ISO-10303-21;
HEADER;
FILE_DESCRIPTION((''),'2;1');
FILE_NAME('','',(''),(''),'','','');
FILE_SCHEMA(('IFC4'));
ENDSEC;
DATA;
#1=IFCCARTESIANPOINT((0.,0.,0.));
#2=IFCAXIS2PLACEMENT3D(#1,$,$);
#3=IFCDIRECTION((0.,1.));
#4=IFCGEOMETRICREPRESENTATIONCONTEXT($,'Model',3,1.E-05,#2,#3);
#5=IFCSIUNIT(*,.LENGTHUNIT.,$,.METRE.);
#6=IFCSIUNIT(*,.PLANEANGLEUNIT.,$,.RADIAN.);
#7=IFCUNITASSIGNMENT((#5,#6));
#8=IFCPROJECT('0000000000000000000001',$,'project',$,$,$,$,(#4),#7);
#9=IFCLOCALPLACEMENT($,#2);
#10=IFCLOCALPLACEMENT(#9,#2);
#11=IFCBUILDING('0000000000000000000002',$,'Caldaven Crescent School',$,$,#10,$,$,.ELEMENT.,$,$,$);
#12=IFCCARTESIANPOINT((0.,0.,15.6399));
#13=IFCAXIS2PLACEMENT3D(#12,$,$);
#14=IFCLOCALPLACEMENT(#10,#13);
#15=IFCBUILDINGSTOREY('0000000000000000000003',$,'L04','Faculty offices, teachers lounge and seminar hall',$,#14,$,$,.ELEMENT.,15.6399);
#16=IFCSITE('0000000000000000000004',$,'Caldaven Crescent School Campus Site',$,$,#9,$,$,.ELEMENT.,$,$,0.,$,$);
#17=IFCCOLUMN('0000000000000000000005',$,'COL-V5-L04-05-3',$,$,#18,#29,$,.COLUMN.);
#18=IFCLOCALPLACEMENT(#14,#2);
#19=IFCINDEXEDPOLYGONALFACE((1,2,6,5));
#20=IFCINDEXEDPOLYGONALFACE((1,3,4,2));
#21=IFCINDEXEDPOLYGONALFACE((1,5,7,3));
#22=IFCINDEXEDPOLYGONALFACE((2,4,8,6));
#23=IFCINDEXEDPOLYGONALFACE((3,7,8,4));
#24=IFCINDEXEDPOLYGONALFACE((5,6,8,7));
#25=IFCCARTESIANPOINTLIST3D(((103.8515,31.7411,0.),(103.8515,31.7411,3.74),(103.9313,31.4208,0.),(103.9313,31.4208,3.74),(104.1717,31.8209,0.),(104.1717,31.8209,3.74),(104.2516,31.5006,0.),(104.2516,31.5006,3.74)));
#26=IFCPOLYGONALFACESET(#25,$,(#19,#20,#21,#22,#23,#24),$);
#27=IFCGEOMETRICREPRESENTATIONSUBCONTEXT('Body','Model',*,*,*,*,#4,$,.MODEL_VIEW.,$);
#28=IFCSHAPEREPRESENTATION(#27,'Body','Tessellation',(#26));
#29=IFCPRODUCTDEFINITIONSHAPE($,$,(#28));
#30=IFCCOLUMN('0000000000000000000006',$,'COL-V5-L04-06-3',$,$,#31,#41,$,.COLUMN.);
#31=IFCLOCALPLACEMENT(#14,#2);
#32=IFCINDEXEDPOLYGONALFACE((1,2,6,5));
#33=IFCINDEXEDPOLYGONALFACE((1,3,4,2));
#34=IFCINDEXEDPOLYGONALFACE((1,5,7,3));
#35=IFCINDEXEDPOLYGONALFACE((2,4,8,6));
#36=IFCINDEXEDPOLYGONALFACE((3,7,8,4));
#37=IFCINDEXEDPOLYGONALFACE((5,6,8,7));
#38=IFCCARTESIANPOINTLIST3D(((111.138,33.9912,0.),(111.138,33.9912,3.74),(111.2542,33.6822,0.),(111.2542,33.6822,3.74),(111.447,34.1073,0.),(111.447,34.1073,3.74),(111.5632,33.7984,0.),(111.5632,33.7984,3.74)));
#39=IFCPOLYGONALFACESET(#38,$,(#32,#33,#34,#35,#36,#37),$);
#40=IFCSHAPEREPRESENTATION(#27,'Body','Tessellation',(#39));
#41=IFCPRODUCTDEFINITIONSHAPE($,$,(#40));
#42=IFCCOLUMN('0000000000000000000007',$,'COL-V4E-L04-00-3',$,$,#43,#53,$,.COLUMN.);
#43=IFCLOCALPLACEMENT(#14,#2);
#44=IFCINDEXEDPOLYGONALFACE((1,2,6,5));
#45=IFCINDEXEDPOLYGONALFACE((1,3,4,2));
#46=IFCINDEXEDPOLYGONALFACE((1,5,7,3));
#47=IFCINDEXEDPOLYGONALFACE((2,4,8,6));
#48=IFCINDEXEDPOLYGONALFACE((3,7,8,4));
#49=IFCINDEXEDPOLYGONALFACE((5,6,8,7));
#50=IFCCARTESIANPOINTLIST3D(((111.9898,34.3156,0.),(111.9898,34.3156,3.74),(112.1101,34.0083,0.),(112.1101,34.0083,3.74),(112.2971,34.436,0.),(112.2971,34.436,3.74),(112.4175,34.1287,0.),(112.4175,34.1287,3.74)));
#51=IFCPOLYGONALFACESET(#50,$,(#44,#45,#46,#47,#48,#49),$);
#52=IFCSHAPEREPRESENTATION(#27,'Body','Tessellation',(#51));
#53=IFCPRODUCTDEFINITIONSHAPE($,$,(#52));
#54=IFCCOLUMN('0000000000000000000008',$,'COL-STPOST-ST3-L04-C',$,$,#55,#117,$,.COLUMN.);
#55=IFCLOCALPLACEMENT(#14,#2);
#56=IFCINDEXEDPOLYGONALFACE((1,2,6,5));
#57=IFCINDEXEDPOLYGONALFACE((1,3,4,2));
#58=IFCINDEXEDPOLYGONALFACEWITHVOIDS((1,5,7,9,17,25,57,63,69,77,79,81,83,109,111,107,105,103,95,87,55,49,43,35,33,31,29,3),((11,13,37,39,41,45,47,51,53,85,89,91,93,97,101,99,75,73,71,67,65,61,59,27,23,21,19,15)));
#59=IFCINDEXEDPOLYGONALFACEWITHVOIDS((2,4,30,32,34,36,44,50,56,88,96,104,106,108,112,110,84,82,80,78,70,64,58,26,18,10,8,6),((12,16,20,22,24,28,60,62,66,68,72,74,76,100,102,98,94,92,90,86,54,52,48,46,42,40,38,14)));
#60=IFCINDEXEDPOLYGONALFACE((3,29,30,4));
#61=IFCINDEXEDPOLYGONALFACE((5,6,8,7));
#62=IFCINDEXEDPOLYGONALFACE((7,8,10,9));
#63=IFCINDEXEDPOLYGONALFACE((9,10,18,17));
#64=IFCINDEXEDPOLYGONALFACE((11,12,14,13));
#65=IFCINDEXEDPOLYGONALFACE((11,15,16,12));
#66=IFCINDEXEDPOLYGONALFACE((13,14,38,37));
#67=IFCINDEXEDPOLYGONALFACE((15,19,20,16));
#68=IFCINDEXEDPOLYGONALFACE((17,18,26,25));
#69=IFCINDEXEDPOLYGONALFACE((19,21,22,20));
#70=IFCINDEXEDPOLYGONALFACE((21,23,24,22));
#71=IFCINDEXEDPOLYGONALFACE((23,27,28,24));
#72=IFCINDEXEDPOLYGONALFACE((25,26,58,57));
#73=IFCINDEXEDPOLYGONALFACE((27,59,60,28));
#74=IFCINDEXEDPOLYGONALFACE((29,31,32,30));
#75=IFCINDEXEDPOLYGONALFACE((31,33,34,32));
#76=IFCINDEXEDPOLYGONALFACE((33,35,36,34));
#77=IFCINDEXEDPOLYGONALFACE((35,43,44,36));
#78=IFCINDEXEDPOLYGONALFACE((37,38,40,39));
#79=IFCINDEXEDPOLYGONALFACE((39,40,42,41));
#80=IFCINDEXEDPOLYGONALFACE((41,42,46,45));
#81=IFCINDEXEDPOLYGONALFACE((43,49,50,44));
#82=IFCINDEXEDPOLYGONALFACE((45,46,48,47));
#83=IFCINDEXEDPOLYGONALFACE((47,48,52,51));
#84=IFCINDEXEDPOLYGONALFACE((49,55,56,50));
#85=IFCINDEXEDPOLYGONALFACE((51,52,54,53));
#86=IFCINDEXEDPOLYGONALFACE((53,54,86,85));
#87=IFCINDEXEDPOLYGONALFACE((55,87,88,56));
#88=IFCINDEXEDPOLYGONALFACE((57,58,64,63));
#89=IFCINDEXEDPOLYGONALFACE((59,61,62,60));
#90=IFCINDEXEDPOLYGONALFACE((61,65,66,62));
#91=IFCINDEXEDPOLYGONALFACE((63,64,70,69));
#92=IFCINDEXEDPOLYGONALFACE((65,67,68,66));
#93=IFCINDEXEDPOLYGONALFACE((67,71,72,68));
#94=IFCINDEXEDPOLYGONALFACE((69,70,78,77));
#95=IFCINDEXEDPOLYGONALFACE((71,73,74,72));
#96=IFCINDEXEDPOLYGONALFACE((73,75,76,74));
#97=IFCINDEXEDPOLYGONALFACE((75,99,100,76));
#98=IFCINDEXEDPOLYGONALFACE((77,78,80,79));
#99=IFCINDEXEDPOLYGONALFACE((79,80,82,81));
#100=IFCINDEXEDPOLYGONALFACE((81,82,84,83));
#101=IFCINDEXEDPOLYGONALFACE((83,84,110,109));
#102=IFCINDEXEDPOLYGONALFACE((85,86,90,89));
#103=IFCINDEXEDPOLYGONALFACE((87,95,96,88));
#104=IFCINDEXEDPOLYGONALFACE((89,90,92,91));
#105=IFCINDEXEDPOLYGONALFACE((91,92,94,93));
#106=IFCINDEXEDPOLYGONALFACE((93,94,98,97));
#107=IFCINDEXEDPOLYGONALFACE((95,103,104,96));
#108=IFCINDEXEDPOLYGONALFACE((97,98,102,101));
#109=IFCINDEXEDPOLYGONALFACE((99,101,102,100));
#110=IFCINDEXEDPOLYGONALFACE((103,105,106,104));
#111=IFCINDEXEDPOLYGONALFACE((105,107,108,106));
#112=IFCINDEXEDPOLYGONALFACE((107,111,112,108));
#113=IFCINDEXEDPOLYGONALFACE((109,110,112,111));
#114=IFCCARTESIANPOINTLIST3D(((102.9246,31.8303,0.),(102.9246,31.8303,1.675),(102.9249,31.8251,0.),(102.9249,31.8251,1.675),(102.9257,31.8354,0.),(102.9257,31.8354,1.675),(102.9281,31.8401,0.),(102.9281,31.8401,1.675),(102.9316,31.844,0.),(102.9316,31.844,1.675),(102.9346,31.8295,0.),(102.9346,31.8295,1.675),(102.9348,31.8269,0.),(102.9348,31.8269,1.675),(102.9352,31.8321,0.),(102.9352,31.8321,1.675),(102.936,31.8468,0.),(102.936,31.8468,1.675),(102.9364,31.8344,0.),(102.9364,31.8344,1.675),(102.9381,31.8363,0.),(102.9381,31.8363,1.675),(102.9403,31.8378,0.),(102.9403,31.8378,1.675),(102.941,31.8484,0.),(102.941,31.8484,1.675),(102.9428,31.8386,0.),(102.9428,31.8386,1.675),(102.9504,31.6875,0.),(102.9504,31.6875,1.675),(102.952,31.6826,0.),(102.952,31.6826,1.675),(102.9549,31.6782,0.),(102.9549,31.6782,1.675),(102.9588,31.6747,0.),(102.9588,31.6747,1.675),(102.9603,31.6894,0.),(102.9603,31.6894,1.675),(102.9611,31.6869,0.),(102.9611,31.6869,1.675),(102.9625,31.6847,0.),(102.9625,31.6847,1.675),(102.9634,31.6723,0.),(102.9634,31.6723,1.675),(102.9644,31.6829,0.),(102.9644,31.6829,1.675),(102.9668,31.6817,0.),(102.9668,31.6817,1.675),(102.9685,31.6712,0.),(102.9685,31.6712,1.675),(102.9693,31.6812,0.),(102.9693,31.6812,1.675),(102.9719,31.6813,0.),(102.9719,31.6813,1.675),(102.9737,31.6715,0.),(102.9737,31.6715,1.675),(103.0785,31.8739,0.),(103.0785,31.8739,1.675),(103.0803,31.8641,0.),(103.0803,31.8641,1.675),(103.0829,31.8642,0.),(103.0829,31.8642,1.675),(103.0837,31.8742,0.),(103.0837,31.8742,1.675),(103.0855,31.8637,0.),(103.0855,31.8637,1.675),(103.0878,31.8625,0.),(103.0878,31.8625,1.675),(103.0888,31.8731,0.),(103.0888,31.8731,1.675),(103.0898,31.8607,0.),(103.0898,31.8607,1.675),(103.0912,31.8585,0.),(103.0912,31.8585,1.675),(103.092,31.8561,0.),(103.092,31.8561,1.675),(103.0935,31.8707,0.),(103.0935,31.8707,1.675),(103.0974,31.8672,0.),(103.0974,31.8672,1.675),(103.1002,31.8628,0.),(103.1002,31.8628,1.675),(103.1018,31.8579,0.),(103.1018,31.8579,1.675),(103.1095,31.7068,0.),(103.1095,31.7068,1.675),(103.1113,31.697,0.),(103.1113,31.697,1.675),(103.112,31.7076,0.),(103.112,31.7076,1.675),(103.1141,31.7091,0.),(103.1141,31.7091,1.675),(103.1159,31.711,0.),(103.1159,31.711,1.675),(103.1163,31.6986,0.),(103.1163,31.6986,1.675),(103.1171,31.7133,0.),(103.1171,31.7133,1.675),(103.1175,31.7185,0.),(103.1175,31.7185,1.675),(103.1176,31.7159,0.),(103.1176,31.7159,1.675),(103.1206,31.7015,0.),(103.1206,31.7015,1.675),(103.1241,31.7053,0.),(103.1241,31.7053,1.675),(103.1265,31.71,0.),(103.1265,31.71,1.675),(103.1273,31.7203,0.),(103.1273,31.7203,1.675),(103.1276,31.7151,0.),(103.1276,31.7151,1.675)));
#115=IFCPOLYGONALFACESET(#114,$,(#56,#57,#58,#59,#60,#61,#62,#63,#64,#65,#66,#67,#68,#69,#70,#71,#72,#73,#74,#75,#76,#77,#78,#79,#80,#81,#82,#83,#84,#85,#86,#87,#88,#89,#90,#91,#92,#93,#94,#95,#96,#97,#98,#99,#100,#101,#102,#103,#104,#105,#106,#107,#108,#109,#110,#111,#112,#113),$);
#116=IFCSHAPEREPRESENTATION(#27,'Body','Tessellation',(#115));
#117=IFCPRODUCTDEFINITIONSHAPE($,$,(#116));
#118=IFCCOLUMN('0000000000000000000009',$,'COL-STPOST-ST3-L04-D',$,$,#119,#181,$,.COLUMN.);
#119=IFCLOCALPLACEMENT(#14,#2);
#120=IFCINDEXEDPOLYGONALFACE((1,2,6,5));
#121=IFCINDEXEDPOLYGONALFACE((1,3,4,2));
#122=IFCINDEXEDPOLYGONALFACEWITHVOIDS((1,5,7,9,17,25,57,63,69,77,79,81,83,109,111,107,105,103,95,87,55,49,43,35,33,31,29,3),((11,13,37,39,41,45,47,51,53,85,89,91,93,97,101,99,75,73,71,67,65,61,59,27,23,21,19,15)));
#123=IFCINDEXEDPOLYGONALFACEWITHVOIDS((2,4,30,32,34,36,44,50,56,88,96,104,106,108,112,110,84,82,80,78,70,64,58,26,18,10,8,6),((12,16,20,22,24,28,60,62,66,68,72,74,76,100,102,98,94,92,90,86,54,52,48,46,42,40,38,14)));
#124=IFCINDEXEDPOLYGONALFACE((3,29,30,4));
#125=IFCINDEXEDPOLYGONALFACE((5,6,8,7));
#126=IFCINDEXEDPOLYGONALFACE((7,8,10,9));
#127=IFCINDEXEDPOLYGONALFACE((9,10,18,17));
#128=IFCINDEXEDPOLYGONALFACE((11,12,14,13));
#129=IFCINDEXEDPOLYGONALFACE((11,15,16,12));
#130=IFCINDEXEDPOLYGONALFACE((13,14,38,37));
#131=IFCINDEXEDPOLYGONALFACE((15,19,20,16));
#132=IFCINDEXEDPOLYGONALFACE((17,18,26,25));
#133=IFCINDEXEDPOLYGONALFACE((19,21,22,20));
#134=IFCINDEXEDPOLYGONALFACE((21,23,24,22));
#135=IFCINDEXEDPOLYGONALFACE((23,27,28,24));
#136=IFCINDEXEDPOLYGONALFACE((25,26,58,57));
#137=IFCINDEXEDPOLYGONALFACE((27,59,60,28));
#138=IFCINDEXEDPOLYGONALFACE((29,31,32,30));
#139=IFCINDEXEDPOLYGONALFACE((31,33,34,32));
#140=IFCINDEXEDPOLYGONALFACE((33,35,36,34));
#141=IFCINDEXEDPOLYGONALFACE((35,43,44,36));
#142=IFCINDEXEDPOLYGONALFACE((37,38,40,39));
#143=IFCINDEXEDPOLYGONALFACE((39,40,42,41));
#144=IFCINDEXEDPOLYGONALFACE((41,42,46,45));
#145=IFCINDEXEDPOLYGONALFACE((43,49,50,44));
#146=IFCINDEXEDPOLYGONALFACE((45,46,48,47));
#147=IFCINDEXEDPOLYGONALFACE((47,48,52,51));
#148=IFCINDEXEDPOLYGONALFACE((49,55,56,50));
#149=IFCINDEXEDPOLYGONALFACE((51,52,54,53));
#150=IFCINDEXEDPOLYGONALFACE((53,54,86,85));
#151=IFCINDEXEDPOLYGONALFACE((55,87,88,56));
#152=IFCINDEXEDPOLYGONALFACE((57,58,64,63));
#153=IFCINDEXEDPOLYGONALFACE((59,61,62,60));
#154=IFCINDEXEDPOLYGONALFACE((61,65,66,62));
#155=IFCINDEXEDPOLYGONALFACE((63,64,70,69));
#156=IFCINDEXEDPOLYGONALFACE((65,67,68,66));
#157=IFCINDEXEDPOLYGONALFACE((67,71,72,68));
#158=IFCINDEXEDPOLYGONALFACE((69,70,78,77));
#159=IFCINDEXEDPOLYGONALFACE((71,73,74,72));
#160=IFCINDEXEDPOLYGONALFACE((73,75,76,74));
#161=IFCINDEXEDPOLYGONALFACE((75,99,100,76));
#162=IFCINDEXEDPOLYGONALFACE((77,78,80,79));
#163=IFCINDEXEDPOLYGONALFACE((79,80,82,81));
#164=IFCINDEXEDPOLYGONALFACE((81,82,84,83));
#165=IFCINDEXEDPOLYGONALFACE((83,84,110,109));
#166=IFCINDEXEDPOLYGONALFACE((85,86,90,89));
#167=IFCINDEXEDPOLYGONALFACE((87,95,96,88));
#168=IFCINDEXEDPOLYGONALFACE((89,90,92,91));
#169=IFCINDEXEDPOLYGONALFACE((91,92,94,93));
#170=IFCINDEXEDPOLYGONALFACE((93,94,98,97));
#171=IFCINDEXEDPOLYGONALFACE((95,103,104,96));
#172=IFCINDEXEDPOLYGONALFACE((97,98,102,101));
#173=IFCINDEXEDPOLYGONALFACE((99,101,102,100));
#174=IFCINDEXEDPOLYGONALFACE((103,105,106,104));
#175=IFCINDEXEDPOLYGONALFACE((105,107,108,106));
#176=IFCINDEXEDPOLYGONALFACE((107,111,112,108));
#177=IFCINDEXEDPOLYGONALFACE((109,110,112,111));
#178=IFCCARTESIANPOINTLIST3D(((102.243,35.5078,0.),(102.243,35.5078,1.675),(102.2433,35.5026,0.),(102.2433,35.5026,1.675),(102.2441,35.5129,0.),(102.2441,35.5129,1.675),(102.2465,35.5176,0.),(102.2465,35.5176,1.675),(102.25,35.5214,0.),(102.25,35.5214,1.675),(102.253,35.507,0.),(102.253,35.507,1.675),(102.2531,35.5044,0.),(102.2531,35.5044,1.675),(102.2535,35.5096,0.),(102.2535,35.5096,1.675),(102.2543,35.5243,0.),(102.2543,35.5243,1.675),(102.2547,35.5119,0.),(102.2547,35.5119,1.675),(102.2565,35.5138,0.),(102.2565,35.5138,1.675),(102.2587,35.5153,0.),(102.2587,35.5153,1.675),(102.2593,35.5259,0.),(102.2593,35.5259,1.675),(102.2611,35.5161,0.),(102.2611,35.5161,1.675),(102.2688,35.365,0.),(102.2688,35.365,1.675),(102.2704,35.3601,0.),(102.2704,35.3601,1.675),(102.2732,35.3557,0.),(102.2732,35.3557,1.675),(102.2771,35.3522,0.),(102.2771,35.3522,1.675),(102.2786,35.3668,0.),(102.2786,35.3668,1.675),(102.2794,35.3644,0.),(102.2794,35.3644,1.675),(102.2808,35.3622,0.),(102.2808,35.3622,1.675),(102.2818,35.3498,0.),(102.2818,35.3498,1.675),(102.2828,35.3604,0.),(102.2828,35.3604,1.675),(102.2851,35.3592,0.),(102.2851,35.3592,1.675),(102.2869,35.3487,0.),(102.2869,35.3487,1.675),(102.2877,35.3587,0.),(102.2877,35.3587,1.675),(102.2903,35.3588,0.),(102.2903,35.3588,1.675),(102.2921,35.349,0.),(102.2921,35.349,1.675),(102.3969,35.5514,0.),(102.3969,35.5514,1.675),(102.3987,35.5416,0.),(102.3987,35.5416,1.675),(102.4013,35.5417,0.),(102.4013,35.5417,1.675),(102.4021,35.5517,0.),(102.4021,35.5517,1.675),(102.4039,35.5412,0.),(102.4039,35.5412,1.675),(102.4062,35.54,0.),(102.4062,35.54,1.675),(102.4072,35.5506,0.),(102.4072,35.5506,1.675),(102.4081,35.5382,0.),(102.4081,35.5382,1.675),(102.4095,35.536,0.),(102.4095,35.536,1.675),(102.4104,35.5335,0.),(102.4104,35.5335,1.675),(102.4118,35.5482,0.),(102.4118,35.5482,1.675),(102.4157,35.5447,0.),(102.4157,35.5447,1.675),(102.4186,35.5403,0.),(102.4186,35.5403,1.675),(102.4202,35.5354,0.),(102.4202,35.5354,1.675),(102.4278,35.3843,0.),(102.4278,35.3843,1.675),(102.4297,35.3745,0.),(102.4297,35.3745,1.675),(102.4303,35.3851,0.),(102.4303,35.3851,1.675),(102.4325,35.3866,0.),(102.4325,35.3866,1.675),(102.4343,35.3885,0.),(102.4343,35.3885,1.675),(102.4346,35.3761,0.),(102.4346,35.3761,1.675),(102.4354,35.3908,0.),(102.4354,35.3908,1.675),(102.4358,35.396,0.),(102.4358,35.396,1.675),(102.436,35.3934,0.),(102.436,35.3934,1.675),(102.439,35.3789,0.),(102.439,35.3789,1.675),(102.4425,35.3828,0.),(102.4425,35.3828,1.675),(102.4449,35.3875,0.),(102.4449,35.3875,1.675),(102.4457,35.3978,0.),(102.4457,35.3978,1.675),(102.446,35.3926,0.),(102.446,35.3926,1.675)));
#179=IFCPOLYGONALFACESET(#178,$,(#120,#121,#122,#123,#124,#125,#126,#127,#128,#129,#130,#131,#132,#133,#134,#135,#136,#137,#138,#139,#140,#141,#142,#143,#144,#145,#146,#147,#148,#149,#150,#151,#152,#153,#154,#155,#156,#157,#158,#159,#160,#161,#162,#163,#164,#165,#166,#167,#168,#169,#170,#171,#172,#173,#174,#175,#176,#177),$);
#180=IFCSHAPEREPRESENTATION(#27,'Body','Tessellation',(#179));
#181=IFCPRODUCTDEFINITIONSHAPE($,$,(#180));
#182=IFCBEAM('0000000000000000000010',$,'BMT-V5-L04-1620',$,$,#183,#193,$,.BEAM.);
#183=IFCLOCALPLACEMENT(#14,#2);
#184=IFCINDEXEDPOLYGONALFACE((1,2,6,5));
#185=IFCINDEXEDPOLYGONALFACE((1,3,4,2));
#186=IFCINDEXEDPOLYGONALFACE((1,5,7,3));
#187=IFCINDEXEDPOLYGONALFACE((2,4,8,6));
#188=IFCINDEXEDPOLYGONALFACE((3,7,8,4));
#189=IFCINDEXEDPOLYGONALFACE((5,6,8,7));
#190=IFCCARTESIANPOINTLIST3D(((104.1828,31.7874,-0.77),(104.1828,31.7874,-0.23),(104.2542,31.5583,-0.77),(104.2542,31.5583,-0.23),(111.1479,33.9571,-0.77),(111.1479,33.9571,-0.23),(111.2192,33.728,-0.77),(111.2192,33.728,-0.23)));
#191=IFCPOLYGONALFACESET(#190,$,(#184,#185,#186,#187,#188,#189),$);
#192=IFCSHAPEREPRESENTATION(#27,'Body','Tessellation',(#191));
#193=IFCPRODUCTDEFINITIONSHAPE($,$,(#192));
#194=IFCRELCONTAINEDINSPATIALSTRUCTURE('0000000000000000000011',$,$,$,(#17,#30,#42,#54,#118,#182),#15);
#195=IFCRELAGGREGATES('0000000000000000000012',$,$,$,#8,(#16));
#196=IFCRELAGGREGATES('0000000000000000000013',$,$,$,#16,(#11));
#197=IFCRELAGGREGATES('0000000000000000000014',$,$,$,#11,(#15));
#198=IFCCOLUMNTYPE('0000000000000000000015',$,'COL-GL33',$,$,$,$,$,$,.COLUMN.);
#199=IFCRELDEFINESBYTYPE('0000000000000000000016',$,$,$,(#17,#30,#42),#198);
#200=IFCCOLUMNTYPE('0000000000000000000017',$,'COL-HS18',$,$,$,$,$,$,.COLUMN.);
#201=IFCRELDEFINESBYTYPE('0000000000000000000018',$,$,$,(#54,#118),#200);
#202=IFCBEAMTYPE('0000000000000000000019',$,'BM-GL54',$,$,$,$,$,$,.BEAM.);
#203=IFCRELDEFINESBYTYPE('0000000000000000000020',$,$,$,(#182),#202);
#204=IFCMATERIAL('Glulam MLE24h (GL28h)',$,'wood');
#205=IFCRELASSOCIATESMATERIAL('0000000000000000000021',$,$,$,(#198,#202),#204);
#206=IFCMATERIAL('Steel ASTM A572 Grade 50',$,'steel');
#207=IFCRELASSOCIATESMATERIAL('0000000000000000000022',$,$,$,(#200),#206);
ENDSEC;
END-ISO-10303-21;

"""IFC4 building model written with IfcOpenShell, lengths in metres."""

from ifc_helpers import new_model, si_unit, direction, frame, origin, origin_2d, place, context, subcontext, project, spatial, rectangle, hollow_rectangle, extrude, material, material_profile, profile_set, type_object, element, save


model = new_model("IFC4")

# Units and contexts
model_context = context("Model", 3, precision=1e-05, world=origin(), true_north=direction((0.0, 1.0)))
body_context = subcontext(model_context, "Body", "Model", "MODEL_VIEW")
ifc_project = project(units=[si_unit("LENGTHUNIT", "METRE"), si_unit("PLANEANGLEUNIT", "RADIAN")], contexts=[model_context])

# Site, building, storey
site_placement = place(None, origin())
site = spatial("IfcSite", under=ifc_project, at=site_placement, Name="Caldaven Crescent School Campus Site", CompositionType="ELEMENT", RefElevation=0.0)
building_placement = place(site_placement, origin())
building = spatial("IfcBuilding", under=site, at=building_placement, Name="Caldaven Crescent School", CompositionType="ELEMENT")
storey_placement = place(building_placement, frame((0.0, 0.0, 15.6399)))
storey = spatial("IfcBuildingStorey", under=building, at=storey_placement, Name="L04", Description="Faculty offices, teachers lounge and seminar hall", CompositionType="ELEMENT", Elevation=15.6399)

# Columns
ifc_material_1 = material(Name="Glulam MLE24h (GL28h)", Category="wood")
ifc_material_profile_1 = material_profile(ifc_material_1, rectangle(XDim=0.3301, YDim=0.3301, at=origin_2d()), Name="MLE 330x330")
ifc_profile_set_1 = profile_set([ifc_material_profile_1], Name="Glulam MLE24h (GL28h)")
column_type_1 = type_object("IfcColumnType", Name="COL-GL33", PredefinedType="COLUMN", material=ifc_profile_set_1)
for number, where, z_axis, x_axis, name in (
    (1, (104.0515, 31.6208, 0.0), (0.0, 0.0, 1.0), (0.241922, -0.970296, 0.0), "COL-V5-L04-05-3"),
    (2, (111.3506, 33.8948, 0.0), (0.0, 0.0, 1.0), (0.352005, -0.935998, 0.0), "COL-V5-L04-06-3"),
    (3, (112.2036, 34.2222, 0.0), (0.0, 0.0, 1.0), (0.364714, -0.931119, 0.0), "COL-V4E-L04-00-3"),
):
    element("IfcColumn", number, at=place(storey_placement, frame(where, z_axis=z_axis, x_axis=x_axis)), inside=storey, type_object=column_type_1, Name=name, PredefinedType="COLUMN", context=body_context, shape_type="SweptSolid", body=[
        extrude(rectangle(XDim=0.3301, YDim=0.3301, at=origin_2d()), origin(), (0.0, 0.0, 1.0), 3.74),
    ])
ifc_material_2 = material(Name="Steel ASTM A572 Grade 50", Category="steel")
ifc_material_profile_2 = material_profile(ifc_material_2, hollow_rectangle(XDim=0.1799, YDim=0.1799, WallThickness=0.01, InnerFilletRadius=0.01, OuterFilletRadius=0.02, at=origin_2d()), Name="HSS 180x180x10")
ifc_profile_set_2 = profile_set([ifc_material_profile_2], Name="Steel ASTM A572 Grade 50")
column_type_2 = type_object("IfcColumnType", Name="COL-HS18", PredefinedType="COLUMN", material=ifc_profile_set_2)
for number, where, z_axis, x_axis, name in (
    (4, (103.0261, 31.7727, 0.0), (0.0, 0.0, 1.0), (0.983255, 0.182236, 0.0), "COL-STPOST-ST3-L04-C"),
    (5, (102.3445, 35.4502, 0.0), (0.0, 0.0, 1.0), (0.983255, 0.182236, 0.0), "COL-STPOST-ST3-L04-D"),
):
    element("IfcColumn", number, at=place(storey_placement, frame(where, z_axis=z_axis, x_axis=x_axis)), inside=storey, type_object=column_type_2, Name=name, PredefinedType="COLUMN", context=body_context, shape_type="SweptSolid", body=[
        extrude(hollow_rectangle(XDim=0.1799, YDim=0.1799, WallThickness=0.01, InnerFilletRadius=0.01, OuterFilletRadius=0.02, at=origin_2d()), origin(), (0.0, 0.0, 1.0), 1.675),
    ])

# Beam
ifc_material_profile_3 = material_profile(ifc_material_1, rectangle(XDim=0.24, YDim=0.54, at=origin_2d()), Name="MLE 240x540")
ifc_profile_set_3 = profile_set([ifc_material_profile_3], Name="Glulam MLE24h (GL28h)")
beam_type_1 = type_object("IfcBeamType", Name="BM-GL54", PredefinedType="BEAM", material=ifc_profile_set_3)
beam_1_placement = place(storey_placement, frame((104.2185, 31.6729, -0.5), z_axis=(0.954749, 0.297412, 0.0), x_axis=(-0.297412, 0.954749, 0.0)))
element("IfcBeam", 6, at=beam_1_placement, inside=storey, type_object=beam_type_1, Name="BMT-V5-L04-1620", PredefinedType="BEAM", context=body_context, shape_type="SweptSolid", body=[
    extrude(rectangle(XDim=0.24, YDim=0.54, at=origin_2d()), origin(), (0.0, 0.0, 1.0), 7.2952),
])

save(model, "model.ifc")
